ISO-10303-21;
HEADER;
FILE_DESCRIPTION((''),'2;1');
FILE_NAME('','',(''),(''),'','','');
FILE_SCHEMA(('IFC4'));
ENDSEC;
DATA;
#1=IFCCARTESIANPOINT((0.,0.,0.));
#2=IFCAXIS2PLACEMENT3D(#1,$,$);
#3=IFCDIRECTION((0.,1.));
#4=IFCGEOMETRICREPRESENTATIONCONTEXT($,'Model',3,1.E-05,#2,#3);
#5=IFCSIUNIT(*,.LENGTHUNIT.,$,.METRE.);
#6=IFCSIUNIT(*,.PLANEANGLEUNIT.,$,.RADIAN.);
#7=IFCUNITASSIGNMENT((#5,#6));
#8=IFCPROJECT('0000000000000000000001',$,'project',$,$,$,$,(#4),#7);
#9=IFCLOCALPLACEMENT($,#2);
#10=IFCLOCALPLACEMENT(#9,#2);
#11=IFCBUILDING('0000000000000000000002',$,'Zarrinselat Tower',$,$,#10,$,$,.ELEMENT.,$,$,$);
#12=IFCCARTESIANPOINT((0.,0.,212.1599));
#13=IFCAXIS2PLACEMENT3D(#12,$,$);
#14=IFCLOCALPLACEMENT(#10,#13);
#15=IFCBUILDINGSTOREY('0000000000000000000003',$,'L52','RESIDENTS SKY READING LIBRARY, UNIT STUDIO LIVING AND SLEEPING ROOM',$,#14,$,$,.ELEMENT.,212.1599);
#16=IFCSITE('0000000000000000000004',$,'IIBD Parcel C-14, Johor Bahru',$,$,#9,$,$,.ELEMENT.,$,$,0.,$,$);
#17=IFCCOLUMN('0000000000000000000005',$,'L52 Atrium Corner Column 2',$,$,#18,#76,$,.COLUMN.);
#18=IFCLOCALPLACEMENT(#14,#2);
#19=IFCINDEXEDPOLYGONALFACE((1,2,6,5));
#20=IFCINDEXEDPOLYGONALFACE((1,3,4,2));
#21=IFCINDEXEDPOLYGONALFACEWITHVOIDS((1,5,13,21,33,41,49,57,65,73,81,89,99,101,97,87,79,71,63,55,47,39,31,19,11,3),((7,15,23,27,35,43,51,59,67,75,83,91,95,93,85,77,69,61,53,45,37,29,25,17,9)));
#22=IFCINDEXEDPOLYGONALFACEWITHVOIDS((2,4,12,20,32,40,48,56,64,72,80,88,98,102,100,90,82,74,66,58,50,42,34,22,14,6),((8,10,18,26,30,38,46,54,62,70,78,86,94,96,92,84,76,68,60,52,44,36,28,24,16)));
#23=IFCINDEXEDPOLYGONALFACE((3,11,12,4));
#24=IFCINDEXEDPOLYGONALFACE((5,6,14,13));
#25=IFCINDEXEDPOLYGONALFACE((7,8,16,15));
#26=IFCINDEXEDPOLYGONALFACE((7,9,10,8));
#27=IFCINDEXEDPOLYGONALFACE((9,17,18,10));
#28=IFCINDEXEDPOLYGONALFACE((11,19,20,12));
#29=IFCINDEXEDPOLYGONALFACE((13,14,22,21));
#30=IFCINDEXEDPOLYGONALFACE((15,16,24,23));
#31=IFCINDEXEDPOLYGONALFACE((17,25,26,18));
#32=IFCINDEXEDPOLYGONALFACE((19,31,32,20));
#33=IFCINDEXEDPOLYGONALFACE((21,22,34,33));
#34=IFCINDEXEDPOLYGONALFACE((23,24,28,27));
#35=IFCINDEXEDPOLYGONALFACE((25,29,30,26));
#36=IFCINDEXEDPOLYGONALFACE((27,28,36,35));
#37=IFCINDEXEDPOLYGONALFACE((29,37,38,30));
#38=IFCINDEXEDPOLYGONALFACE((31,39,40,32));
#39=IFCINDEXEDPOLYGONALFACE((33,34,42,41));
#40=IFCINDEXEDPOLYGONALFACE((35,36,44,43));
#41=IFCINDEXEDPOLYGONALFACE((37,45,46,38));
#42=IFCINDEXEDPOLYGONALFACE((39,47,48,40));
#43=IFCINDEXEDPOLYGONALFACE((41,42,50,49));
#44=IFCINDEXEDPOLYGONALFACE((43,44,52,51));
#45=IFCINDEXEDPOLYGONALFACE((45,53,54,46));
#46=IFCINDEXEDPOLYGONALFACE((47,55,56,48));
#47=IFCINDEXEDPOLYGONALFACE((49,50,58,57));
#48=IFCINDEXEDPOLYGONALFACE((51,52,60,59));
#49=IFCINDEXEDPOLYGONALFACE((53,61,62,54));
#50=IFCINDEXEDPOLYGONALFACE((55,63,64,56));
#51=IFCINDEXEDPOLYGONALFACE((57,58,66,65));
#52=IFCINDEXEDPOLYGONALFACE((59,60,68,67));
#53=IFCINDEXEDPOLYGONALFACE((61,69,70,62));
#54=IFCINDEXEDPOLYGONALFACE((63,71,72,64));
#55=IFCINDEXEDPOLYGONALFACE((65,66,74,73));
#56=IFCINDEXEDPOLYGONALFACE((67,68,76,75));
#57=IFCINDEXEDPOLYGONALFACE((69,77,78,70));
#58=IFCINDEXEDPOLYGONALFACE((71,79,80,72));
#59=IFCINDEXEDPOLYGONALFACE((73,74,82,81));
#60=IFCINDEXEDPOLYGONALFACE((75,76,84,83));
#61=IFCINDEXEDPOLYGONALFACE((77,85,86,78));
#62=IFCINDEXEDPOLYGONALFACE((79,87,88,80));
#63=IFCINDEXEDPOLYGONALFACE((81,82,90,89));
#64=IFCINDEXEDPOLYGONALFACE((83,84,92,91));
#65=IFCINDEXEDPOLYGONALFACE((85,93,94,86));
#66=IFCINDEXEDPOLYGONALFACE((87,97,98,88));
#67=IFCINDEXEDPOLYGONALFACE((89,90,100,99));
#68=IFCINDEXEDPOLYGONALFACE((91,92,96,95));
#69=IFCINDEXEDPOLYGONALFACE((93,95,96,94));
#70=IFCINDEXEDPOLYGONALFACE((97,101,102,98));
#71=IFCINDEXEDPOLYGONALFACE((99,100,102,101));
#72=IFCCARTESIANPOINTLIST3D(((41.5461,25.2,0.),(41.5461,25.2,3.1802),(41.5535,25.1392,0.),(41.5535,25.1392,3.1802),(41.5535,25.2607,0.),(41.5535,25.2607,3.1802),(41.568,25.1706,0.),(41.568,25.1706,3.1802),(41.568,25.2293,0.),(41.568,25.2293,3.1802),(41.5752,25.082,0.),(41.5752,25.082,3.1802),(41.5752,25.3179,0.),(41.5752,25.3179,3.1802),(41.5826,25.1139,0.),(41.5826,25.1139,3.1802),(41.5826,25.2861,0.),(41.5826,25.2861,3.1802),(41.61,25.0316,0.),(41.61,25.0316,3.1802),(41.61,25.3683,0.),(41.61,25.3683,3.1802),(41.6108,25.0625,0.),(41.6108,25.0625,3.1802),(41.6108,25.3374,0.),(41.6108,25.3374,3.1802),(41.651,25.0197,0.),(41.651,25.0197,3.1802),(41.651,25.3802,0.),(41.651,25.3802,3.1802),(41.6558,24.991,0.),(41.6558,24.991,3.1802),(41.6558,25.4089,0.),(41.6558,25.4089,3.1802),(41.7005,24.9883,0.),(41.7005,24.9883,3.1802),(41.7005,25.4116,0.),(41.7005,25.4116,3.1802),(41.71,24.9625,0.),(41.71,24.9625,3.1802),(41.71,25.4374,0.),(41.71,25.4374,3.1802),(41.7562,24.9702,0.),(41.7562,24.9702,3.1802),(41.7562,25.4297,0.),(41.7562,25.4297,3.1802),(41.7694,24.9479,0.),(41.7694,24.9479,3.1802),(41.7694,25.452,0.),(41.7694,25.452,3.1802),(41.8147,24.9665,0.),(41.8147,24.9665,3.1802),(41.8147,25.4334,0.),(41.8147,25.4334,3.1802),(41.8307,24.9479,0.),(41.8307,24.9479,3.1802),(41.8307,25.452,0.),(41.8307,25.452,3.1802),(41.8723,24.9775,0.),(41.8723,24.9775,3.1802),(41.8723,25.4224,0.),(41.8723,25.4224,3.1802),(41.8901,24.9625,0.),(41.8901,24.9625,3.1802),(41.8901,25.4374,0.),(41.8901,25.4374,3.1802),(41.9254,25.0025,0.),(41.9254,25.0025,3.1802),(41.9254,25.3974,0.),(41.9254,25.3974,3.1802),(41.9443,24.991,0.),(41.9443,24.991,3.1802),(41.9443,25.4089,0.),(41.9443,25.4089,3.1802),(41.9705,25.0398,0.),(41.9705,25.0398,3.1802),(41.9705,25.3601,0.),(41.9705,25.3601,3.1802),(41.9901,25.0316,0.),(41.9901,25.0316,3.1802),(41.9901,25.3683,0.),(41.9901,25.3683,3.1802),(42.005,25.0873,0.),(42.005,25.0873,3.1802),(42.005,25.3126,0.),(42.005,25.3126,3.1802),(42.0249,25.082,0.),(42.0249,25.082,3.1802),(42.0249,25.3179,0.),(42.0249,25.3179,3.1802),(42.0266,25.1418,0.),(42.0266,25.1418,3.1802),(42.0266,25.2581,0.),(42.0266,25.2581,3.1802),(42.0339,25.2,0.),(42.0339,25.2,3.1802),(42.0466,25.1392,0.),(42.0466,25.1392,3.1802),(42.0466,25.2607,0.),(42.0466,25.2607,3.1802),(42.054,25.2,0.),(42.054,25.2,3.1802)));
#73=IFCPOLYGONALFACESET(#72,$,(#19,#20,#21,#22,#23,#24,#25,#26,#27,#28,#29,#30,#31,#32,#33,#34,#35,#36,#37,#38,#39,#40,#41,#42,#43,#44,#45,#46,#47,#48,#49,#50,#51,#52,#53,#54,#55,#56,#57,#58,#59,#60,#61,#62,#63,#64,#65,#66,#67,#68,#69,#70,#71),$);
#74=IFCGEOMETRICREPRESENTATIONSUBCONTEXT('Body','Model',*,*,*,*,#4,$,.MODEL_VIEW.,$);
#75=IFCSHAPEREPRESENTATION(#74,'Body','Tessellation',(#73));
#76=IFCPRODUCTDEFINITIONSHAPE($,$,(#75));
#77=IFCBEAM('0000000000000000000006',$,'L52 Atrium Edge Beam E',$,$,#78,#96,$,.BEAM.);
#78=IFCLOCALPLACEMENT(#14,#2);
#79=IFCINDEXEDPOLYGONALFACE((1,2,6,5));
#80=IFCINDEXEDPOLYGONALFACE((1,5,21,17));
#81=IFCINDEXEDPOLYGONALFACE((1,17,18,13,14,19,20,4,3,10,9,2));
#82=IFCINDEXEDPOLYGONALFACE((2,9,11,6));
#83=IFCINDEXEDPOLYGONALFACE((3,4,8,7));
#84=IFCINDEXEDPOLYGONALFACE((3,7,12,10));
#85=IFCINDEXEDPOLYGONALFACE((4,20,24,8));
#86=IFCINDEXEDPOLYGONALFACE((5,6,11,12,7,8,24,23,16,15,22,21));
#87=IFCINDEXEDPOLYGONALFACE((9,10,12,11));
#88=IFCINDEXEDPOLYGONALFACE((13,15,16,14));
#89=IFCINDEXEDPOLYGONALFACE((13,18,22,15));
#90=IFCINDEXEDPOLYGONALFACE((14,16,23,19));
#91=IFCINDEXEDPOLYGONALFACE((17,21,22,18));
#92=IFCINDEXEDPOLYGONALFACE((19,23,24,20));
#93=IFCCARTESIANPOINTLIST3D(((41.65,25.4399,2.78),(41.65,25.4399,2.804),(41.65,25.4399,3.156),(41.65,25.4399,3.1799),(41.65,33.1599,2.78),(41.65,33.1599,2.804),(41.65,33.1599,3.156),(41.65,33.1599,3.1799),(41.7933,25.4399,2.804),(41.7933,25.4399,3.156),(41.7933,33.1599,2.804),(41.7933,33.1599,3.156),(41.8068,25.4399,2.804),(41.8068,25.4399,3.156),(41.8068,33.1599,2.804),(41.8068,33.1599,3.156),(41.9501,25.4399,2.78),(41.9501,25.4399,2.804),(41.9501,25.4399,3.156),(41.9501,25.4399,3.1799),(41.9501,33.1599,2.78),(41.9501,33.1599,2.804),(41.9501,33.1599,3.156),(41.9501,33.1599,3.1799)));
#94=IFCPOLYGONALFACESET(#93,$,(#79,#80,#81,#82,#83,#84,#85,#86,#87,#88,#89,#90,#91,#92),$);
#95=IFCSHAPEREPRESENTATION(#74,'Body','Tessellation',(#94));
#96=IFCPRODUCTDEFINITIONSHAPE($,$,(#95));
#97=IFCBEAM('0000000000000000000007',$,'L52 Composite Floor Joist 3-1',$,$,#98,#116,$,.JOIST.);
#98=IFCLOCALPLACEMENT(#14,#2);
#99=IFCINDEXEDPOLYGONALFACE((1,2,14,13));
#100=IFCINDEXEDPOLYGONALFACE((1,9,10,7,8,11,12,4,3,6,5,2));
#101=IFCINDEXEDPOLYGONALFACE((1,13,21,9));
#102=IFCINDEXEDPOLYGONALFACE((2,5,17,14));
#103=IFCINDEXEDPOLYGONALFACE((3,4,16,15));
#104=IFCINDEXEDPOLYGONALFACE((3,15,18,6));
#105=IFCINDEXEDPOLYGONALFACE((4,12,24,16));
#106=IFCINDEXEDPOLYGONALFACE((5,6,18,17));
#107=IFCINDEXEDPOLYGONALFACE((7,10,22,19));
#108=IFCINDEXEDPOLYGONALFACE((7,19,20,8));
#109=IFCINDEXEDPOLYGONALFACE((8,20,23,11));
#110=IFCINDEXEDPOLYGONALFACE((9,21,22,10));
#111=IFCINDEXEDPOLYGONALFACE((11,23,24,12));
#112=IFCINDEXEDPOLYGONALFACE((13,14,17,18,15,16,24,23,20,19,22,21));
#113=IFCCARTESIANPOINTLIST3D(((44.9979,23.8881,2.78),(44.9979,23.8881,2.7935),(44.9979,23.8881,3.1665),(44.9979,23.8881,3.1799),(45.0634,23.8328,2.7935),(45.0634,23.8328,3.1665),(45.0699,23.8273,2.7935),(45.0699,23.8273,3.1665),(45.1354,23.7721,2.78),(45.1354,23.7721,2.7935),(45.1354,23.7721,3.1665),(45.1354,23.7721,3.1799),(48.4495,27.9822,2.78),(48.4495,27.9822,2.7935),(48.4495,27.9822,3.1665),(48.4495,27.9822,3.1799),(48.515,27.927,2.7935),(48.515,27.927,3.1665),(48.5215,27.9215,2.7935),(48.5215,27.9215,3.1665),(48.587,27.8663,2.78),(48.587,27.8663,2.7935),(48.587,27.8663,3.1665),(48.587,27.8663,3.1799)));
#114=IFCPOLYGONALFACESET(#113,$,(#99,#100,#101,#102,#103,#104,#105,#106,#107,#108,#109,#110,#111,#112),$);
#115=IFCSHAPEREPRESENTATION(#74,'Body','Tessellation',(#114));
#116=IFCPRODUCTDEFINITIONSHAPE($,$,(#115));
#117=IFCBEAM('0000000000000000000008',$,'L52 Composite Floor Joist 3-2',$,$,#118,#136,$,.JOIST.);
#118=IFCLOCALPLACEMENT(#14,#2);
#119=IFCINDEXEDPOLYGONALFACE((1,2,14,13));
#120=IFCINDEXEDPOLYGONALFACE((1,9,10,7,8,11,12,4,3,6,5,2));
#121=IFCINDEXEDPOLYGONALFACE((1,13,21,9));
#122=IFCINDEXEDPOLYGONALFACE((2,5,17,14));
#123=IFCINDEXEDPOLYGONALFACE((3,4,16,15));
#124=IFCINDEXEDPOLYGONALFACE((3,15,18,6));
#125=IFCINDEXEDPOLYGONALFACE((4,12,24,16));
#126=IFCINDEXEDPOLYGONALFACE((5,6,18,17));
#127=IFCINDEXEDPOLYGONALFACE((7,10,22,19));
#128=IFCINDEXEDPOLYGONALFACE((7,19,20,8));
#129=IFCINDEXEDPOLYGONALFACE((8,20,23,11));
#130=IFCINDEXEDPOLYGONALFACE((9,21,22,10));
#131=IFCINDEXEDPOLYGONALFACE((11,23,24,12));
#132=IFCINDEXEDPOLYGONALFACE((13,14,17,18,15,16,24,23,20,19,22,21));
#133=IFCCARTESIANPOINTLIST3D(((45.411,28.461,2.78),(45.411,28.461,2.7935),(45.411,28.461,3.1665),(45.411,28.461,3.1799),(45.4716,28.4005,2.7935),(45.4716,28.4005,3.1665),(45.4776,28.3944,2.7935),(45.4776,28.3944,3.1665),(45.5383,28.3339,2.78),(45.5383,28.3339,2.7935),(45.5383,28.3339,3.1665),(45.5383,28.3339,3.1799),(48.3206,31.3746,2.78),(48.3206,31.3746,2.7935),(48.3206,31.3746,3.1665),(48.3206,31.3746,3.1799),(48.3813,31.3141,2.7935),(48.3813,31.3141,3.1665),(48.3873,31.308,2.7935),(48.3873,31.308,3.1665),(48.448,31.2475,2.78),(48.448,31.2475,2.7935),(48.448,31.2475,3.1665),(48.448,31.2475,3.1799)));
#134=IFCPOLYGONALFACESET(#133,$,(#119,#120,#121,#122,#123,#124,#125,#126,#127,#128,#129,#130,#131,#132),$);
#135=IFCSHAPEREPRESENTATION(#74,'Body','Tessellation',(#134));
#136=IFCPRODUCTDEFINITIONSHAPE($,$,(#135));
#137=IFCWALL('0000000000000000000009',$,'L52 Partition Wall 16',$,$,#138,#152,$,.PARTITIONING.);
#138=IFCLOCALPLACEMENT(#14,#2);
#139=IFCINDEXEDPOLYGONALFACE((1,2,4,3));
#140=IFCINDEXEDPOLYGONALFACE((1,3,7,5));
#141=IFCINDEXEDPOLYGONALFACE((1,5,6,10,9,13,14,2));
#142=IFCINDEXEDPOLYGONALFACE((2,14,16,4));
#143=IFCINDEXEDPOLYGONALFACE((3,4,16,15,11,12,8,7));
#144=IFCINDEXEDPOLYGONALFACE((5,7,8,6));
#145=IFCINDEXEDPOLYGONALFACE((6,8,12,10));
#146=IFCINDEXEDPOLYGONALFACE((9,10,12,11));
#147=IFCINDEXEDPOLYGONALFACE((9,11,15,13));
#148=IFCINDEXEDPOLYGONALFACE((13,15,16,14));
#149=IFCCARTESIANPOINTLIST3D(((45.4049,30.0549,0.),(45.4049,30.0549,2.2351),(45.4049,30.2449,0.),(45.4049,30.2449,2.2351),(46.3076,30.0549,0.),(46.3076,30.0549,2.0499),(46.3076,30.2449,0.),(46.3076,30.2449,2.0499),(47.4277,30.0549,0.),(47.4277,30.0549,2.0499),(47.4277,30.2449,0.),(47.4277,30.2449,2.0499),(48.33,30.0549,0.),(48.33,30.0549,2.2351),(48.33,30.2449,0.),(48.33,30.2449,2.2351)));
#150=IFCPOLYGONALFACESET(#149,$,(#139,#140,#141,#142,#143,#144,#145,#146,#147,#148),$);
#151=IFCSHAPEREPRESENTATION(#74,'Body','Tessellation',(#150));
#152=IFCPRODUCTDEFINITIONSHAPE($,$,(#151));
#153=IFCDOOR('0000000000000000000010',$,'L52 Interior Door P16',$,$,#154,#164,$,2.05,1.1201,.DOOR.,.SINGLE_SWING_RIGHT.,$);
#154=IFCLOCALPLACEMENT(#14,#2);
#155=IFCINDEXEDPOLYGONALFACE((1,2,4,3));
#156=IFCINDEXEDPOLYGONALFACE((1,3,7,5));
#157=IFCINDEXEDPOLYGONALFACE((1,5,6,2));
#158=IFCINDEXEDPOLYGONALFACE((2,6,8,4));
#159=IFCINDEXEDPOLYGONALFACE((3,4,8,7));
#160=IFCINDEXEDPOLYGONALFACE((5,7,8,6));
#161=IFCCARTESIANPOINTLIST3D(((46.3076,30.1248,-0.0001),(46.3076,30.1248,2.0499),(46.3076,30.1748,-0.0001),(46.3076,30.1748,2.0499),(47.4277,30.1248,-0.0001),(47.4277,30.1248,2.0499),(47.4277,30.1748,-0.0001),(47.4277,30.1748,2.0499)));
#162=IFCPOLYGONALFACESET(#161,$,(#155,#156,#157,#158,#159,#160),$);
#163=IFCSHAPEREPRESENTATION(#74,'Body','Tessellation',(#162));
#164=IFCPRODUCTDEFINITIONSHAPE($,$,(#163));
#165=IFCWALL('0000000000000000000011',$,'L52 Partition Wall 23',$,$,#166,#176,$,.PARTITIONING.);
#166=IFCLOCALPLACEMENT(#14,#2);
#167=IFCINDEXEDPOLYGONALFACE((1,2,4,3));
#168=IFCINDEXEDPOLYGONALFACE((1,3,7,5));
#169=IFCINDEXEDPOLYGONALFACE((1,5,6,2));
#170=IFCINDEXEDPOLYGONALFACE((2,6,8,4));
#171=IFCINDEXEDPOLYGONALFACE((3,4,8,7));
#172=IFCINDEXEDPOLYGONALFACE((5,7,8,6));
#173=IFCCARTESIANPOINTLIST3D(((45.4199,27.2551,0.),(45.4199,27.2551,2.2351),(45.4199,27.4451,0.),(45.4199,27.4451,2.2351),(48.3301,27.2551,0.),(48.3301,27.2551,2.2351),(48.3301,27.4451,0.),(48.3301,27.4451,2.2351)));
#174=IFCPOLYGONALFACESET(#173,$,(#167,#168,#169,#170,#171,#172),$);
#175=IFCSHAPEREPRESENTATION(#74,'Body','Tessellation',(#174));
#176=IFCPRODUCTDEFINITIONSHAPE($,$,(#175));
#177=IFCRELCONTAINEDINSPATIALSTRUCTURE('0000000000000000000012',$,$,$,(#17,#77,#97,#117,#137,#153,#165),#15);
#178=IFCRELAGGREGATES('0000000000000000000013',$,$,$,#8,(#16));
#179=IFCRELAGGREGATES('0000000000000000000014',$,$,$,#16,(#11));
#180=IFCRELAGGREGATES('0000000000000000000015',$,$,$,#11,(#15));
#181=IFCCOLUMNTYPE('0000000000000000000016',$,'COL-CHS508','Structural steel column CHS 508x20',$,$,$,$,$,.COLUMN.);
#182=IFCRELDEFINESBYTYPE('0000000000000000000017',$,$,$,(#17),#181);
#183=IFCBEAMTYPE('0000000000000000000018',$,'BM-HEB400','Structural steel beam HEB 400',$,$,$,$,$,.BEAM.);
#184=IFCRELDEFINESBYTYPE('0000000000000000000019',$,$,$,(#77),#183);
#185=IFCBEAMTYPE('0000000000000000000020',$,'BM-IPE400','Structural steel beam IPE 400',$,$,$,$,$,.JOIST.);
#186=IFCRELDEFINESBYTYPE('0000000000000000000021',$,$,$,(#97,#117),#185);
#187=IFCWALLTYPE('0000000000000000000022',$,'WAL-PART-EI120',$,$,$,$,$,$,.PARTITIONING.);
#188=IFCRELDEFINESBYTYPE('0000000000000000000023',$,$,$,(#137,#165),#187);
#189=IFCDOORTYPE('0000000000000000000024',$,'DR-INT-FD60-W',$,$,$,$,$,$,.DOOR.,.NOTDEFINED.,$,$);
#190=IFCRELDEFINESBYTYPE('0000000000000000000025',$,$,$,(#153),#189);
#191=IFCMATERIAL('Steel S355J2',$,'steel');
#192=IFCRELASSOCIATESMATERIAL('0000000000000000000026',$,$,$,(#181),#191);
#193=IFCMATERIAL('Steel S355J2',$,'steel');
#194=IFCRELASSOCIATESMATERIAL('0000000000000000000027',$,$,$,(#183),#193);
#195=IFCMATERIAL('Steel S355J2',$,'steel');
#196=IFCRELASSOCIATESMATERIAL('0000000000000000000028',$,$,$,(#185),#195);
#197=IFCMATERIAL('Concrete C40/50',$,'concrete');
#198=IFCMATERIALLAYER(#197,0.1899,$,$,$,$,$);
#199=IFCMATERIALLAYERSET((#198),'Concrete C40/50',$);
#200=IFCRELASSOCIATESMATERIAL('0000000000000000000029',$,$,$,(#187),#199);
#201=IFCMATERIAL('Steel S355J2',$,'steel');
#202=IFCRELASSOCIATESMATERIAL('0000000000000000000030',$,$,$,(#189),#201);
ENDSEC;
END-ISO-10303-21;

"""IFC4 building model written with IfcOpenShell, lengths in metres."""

from ifc_helpers import new_model, si_unit, direction, frame, frame_2d, origin, origin_2d, place, context, subcontext, project, spatial, rectangle, hollow_circle, i_section, extrude, material, layer, layer_set, material_profile, profile_set, type_object, element, fill, save


model = new_model("IFC4")

# Units and contexts
model_context = context("Model", 3, precision=1e-05, world=origin(), true_north=direction((0.0, 1.0)))
body_context = subcontext(model_context, "Body", "Model", "MODEL_VIEW")
ifc_project = project(units=[si_unit("LENGTHUNIT", "METRE"), si_unit("PLANEANGLEUNIT", "RADIAN")], contexts=[model_context])

# Site, building, storey
site_placement = place(None, origin())
site = spatial("IfcSite", under=ifc_project, at=site_placement, Name="IIBD Parcel C-14, Johor Bahru", CompositionType="ELEMENT", RefElevation=0.0)
building_placement = place(site_placement, origin())
building = spatial("IfcBuilding", under=site, at=building_placement, Name="Zarrinselat Tower", CompositionType="ELEMENT")
storey_placement = place(building_placement, frame((0.0, 0.0, 212.1599)))
storey = spatial("IfcBuildingStorey", under=building, at=storey_placement, Name="L52", Description="RESIDENTS SKY READING LIBRARY, UNIT STUDIO LIVING AND SLEEPING ROOM", CompositionType="ELEMENT", Elevation=212.1599)

# Column
ifc_material_1 = material(Name="Steel S355J2", Category="steel")
ifc_material_profile_1 = material_profile(ifc_material_1, hollow_circle(Radius=0.2539, WallThickness=0.02, at=origin_2d()), Name="CHS 508x20")
ifc_profile_set_1 = profile_set([ifc_material_profile_1], Name="Steel S355J2")
column_type = type_object("IfcColumnType", Name="COL-CHS508", Description="Structural steel column CHS 508x20", PredefinedType="COLUMN", material=ifc_profile_set_1)
column_placement = place(storey_placement, frame((41.8, 25.2, 0.0), z_axis=(0.0, 0.0, 1.0), x_axis=(1.0, 0.0, 0.0)))
element("IfcColumn", 1, at=column_placement, inside=storey, type_object=column_type, Name="L52 Atrium Corner Column 2", PredefinedType="COLUMN", context=body_context, shape_type="SweptSolid", body=[
    extrude(hollow_circle(Radius=0.2539, WallThickness=0.02, at=origin_2d()), origin(), (0.0, 0.0, 1.0), 3.1802),
])

# Beams
ifc_material_2 = material(Name="Steel S355J2", Category="steel")
ifc_material_profile_2 = material_profile(ifc_material_2, i_section(OverallWidth=0.3, OverallDepth=0.3999, WebThickness=0.0134, FlangeThickness=0.0239, at=origin_2d()), Name="HEB 400")
ifc_profile_set_2 = profile_set([ifc_material_profile_2], Name="Steel S355J2")
beam_type_1 = type_object("IfcBeamType", Name="BM-HEB400", Description="Structural steel beam HEB 400", PredefinedType="BEAM", material=ifc_profile_set_2)
beam_1_placement = place(storey_placement, frame((41.8, 25.4399, 2.98), z_axis=(0.0, 1.0, 0.0), x_axis=(-1.0, 0.0, 0.0)))
element("IfcBeam", 2, at=beam_1_placement, inside=storey, type_object=beam_type_1, Name="L52 Atrium Edge Beam E", PredefinedType="BEAM", context=body_context, shape_type="SweptSolid", body=[
    extrude(i_section(OverallWidth=0.3, OverallDepth=0.3999, WebThickness=0.0134, FlangeThickness=0.0239, at=origin_2d()), origin(), (0.0, 0.0, 1.0), 7.72),
])
ifc_material_3 = material(Name="Steel S355J2", Category="steel")
ifc_material_profile_3 = material_profile(ifc_material_3, i_section(OverallWidth=0.1799, OverallDepth=0.3999, WebThickness=0.0085, FlangeThickness=0.0134, at=origin_2d()), Name="IPE 400")
ifc_profile_set_3 = profile_set([ifc_material_profile_3], Name="Steel S355J2")
beam_type_2 = type_object("IfcBeamType", Name="BM-IPE400", Description="Structural steel beam IPE 400", PredefinedType="JOIST", material=ifc_profile_set_3)
beam_2_placement = place(storey_placement, frame((45.0667, 23.8301, 2.98), z_axis=(0.64456, 0.764554, 0.0), x_axis=(-0.764554, 0.64456, 0.0)))
element("IfcBeam", 3, at=beam_2_placement, inside=storey, type_object=beam_type_2, Name="L52 Composite Floor Joist 3-1", PredefinedType="JOIST", context=body_context, shape_type="SweptSolid", body=[
    extrude(i_section(OverallWidth=0.1799, OverallDepth=0.3999, WebThickness=0.0085, FlangeThickness=0.0134, at=origin_2d()), origin(), (0.0, 0.0, 1.0), 5.355),
])
beam_3_placement = place(storey_placement, frame((45.4746, 28.3975, 2.98), z_axis=(0.706632, 0.707581, 0.0), x_axis=(-0.707581, 0.706632, 0.0)))
element("IfcBeam", 4, at=beam_3_placement, inside=storey, type_object=beam_type_2, Name="L52 Composite Floor Joist 3-2", PredefinedType="JOIST", context=body_context, shape_type="SweptSolid", body=[
    extrude(i_section(OverallWidth=0.1799, OverallDepth=0.3999, WebThickness=0.0085, FlangeThickness=0.0134, at=origin_2d()), origin(), (0.0, 0.0, 1.0), 4.1177),
])

# Wall, opening, door
ifc_material_4 = material(Name="Concrete C40/50", Category="concrete")
ifc_layer_1 = layer(ifc_material_4, 0.1899)
ifc_layer_set_1 = layer_set([ifc_layer_1], Name="Concrete C40/50")
wall_type_1 = type_object("IfcWallType", Name="WAL-PART-EI120", PredefinedType="PARTITIONING", material=ifc_layer_set_1)
wall_1_placement = place(storey_placement, frame((45.405, 30.1499, 0.0), z_axis=(0.0, 0.0, 1.0), x_axis=(1.0, 0.0, 0.0)))
wall_1 = element("IfcWall", 5, at=wall_1_placement, inside=storey, type_object=wall_type_1, Name="L52 Partition Wall 16", PredefinedType="PARTITIONING", context=body_context, shape_type="SweptSolid", body=[
    extrude(rectangle(XDim=2.925, YDim=0.1899, at=frame_2d((1.4624, 0.0))), origin(), (0.0, 0.0, 1.0), 2.2351),
])
opening_placement = place(wall_1_placement, frame((0.9026, 0.0, 0.0)))
opening = element("IfcOpeningElement", 6, at=opening_placement, cuts=wall_1, PredefinedType="OPENING", context=body_context, shape_type="SweptSolid", body=[
    extrude(rectangle(XDim=1.1201, YDim=2.05, at=frame_2d((0.5601, 1.0249))), frame((0.0, 0.105, 0.0), z_axis=(0.0, -1.0, 0.0), x_axis=(1.0, 0.0, 0.0)), (0.0, 0.0, 1.0), 0.21),
])
ifc_material_5 = material(Name="Steel S355J2", Category="steel")
door_type = type_object("IfcDoorType", Name="DR-INT-FD60-W", OperationType="NOTDEFINED", PredefinedType="DOOR", material=ifc_material_5)
door_placement = place(opening_placement, origin())
door = element("IfcDoor", 7, at=door_placement, inside=storey, type_object=door_type, Name="L52 Interior Door P16", OperationType="SINGLE_SWING_RIGHT", OverallHeight=2.05, OverallWidth=1.1201, PredefinedType="DOOR", context=body_context, shape_type="SweptSolid", body=[
    extrude(rectangle(XDim=1.1201, YDim=2.05, at=frame_2d((0.5601, 1.0249))), frame((0.0, 0.0249, 0.0), z_axis=(0.0, -1.0, 0.0), x_axis=(1.0, 0.0, 0.0)), (0.0, 0.0, 1.0), 0.05),
])
fill(opening, door)

# Wall
wall_2_placement = place(storey_placement, frame((45.4199, 27.3501, 0.0), z_axis=(0.0, 0.0, 1.0), x_axis=(1.0, 0.0, 0.0)))
element("IfcWall", 8, at=wall_2_placement, inside=storey, type_object=wall_type_1, Name="L52 Partition Wall 23", PredefinedType="PARTITIONING", context=body_context, shape_type="SweptSolid", body=[
    extrude(rectangle(XDim=2.9102, YDim=0.1899, at=frame_2d((1.4551, 0.0))), origin(), (0.0, 0.0, 1.0), 2.2351),
])

save(model, "model.ifc")
